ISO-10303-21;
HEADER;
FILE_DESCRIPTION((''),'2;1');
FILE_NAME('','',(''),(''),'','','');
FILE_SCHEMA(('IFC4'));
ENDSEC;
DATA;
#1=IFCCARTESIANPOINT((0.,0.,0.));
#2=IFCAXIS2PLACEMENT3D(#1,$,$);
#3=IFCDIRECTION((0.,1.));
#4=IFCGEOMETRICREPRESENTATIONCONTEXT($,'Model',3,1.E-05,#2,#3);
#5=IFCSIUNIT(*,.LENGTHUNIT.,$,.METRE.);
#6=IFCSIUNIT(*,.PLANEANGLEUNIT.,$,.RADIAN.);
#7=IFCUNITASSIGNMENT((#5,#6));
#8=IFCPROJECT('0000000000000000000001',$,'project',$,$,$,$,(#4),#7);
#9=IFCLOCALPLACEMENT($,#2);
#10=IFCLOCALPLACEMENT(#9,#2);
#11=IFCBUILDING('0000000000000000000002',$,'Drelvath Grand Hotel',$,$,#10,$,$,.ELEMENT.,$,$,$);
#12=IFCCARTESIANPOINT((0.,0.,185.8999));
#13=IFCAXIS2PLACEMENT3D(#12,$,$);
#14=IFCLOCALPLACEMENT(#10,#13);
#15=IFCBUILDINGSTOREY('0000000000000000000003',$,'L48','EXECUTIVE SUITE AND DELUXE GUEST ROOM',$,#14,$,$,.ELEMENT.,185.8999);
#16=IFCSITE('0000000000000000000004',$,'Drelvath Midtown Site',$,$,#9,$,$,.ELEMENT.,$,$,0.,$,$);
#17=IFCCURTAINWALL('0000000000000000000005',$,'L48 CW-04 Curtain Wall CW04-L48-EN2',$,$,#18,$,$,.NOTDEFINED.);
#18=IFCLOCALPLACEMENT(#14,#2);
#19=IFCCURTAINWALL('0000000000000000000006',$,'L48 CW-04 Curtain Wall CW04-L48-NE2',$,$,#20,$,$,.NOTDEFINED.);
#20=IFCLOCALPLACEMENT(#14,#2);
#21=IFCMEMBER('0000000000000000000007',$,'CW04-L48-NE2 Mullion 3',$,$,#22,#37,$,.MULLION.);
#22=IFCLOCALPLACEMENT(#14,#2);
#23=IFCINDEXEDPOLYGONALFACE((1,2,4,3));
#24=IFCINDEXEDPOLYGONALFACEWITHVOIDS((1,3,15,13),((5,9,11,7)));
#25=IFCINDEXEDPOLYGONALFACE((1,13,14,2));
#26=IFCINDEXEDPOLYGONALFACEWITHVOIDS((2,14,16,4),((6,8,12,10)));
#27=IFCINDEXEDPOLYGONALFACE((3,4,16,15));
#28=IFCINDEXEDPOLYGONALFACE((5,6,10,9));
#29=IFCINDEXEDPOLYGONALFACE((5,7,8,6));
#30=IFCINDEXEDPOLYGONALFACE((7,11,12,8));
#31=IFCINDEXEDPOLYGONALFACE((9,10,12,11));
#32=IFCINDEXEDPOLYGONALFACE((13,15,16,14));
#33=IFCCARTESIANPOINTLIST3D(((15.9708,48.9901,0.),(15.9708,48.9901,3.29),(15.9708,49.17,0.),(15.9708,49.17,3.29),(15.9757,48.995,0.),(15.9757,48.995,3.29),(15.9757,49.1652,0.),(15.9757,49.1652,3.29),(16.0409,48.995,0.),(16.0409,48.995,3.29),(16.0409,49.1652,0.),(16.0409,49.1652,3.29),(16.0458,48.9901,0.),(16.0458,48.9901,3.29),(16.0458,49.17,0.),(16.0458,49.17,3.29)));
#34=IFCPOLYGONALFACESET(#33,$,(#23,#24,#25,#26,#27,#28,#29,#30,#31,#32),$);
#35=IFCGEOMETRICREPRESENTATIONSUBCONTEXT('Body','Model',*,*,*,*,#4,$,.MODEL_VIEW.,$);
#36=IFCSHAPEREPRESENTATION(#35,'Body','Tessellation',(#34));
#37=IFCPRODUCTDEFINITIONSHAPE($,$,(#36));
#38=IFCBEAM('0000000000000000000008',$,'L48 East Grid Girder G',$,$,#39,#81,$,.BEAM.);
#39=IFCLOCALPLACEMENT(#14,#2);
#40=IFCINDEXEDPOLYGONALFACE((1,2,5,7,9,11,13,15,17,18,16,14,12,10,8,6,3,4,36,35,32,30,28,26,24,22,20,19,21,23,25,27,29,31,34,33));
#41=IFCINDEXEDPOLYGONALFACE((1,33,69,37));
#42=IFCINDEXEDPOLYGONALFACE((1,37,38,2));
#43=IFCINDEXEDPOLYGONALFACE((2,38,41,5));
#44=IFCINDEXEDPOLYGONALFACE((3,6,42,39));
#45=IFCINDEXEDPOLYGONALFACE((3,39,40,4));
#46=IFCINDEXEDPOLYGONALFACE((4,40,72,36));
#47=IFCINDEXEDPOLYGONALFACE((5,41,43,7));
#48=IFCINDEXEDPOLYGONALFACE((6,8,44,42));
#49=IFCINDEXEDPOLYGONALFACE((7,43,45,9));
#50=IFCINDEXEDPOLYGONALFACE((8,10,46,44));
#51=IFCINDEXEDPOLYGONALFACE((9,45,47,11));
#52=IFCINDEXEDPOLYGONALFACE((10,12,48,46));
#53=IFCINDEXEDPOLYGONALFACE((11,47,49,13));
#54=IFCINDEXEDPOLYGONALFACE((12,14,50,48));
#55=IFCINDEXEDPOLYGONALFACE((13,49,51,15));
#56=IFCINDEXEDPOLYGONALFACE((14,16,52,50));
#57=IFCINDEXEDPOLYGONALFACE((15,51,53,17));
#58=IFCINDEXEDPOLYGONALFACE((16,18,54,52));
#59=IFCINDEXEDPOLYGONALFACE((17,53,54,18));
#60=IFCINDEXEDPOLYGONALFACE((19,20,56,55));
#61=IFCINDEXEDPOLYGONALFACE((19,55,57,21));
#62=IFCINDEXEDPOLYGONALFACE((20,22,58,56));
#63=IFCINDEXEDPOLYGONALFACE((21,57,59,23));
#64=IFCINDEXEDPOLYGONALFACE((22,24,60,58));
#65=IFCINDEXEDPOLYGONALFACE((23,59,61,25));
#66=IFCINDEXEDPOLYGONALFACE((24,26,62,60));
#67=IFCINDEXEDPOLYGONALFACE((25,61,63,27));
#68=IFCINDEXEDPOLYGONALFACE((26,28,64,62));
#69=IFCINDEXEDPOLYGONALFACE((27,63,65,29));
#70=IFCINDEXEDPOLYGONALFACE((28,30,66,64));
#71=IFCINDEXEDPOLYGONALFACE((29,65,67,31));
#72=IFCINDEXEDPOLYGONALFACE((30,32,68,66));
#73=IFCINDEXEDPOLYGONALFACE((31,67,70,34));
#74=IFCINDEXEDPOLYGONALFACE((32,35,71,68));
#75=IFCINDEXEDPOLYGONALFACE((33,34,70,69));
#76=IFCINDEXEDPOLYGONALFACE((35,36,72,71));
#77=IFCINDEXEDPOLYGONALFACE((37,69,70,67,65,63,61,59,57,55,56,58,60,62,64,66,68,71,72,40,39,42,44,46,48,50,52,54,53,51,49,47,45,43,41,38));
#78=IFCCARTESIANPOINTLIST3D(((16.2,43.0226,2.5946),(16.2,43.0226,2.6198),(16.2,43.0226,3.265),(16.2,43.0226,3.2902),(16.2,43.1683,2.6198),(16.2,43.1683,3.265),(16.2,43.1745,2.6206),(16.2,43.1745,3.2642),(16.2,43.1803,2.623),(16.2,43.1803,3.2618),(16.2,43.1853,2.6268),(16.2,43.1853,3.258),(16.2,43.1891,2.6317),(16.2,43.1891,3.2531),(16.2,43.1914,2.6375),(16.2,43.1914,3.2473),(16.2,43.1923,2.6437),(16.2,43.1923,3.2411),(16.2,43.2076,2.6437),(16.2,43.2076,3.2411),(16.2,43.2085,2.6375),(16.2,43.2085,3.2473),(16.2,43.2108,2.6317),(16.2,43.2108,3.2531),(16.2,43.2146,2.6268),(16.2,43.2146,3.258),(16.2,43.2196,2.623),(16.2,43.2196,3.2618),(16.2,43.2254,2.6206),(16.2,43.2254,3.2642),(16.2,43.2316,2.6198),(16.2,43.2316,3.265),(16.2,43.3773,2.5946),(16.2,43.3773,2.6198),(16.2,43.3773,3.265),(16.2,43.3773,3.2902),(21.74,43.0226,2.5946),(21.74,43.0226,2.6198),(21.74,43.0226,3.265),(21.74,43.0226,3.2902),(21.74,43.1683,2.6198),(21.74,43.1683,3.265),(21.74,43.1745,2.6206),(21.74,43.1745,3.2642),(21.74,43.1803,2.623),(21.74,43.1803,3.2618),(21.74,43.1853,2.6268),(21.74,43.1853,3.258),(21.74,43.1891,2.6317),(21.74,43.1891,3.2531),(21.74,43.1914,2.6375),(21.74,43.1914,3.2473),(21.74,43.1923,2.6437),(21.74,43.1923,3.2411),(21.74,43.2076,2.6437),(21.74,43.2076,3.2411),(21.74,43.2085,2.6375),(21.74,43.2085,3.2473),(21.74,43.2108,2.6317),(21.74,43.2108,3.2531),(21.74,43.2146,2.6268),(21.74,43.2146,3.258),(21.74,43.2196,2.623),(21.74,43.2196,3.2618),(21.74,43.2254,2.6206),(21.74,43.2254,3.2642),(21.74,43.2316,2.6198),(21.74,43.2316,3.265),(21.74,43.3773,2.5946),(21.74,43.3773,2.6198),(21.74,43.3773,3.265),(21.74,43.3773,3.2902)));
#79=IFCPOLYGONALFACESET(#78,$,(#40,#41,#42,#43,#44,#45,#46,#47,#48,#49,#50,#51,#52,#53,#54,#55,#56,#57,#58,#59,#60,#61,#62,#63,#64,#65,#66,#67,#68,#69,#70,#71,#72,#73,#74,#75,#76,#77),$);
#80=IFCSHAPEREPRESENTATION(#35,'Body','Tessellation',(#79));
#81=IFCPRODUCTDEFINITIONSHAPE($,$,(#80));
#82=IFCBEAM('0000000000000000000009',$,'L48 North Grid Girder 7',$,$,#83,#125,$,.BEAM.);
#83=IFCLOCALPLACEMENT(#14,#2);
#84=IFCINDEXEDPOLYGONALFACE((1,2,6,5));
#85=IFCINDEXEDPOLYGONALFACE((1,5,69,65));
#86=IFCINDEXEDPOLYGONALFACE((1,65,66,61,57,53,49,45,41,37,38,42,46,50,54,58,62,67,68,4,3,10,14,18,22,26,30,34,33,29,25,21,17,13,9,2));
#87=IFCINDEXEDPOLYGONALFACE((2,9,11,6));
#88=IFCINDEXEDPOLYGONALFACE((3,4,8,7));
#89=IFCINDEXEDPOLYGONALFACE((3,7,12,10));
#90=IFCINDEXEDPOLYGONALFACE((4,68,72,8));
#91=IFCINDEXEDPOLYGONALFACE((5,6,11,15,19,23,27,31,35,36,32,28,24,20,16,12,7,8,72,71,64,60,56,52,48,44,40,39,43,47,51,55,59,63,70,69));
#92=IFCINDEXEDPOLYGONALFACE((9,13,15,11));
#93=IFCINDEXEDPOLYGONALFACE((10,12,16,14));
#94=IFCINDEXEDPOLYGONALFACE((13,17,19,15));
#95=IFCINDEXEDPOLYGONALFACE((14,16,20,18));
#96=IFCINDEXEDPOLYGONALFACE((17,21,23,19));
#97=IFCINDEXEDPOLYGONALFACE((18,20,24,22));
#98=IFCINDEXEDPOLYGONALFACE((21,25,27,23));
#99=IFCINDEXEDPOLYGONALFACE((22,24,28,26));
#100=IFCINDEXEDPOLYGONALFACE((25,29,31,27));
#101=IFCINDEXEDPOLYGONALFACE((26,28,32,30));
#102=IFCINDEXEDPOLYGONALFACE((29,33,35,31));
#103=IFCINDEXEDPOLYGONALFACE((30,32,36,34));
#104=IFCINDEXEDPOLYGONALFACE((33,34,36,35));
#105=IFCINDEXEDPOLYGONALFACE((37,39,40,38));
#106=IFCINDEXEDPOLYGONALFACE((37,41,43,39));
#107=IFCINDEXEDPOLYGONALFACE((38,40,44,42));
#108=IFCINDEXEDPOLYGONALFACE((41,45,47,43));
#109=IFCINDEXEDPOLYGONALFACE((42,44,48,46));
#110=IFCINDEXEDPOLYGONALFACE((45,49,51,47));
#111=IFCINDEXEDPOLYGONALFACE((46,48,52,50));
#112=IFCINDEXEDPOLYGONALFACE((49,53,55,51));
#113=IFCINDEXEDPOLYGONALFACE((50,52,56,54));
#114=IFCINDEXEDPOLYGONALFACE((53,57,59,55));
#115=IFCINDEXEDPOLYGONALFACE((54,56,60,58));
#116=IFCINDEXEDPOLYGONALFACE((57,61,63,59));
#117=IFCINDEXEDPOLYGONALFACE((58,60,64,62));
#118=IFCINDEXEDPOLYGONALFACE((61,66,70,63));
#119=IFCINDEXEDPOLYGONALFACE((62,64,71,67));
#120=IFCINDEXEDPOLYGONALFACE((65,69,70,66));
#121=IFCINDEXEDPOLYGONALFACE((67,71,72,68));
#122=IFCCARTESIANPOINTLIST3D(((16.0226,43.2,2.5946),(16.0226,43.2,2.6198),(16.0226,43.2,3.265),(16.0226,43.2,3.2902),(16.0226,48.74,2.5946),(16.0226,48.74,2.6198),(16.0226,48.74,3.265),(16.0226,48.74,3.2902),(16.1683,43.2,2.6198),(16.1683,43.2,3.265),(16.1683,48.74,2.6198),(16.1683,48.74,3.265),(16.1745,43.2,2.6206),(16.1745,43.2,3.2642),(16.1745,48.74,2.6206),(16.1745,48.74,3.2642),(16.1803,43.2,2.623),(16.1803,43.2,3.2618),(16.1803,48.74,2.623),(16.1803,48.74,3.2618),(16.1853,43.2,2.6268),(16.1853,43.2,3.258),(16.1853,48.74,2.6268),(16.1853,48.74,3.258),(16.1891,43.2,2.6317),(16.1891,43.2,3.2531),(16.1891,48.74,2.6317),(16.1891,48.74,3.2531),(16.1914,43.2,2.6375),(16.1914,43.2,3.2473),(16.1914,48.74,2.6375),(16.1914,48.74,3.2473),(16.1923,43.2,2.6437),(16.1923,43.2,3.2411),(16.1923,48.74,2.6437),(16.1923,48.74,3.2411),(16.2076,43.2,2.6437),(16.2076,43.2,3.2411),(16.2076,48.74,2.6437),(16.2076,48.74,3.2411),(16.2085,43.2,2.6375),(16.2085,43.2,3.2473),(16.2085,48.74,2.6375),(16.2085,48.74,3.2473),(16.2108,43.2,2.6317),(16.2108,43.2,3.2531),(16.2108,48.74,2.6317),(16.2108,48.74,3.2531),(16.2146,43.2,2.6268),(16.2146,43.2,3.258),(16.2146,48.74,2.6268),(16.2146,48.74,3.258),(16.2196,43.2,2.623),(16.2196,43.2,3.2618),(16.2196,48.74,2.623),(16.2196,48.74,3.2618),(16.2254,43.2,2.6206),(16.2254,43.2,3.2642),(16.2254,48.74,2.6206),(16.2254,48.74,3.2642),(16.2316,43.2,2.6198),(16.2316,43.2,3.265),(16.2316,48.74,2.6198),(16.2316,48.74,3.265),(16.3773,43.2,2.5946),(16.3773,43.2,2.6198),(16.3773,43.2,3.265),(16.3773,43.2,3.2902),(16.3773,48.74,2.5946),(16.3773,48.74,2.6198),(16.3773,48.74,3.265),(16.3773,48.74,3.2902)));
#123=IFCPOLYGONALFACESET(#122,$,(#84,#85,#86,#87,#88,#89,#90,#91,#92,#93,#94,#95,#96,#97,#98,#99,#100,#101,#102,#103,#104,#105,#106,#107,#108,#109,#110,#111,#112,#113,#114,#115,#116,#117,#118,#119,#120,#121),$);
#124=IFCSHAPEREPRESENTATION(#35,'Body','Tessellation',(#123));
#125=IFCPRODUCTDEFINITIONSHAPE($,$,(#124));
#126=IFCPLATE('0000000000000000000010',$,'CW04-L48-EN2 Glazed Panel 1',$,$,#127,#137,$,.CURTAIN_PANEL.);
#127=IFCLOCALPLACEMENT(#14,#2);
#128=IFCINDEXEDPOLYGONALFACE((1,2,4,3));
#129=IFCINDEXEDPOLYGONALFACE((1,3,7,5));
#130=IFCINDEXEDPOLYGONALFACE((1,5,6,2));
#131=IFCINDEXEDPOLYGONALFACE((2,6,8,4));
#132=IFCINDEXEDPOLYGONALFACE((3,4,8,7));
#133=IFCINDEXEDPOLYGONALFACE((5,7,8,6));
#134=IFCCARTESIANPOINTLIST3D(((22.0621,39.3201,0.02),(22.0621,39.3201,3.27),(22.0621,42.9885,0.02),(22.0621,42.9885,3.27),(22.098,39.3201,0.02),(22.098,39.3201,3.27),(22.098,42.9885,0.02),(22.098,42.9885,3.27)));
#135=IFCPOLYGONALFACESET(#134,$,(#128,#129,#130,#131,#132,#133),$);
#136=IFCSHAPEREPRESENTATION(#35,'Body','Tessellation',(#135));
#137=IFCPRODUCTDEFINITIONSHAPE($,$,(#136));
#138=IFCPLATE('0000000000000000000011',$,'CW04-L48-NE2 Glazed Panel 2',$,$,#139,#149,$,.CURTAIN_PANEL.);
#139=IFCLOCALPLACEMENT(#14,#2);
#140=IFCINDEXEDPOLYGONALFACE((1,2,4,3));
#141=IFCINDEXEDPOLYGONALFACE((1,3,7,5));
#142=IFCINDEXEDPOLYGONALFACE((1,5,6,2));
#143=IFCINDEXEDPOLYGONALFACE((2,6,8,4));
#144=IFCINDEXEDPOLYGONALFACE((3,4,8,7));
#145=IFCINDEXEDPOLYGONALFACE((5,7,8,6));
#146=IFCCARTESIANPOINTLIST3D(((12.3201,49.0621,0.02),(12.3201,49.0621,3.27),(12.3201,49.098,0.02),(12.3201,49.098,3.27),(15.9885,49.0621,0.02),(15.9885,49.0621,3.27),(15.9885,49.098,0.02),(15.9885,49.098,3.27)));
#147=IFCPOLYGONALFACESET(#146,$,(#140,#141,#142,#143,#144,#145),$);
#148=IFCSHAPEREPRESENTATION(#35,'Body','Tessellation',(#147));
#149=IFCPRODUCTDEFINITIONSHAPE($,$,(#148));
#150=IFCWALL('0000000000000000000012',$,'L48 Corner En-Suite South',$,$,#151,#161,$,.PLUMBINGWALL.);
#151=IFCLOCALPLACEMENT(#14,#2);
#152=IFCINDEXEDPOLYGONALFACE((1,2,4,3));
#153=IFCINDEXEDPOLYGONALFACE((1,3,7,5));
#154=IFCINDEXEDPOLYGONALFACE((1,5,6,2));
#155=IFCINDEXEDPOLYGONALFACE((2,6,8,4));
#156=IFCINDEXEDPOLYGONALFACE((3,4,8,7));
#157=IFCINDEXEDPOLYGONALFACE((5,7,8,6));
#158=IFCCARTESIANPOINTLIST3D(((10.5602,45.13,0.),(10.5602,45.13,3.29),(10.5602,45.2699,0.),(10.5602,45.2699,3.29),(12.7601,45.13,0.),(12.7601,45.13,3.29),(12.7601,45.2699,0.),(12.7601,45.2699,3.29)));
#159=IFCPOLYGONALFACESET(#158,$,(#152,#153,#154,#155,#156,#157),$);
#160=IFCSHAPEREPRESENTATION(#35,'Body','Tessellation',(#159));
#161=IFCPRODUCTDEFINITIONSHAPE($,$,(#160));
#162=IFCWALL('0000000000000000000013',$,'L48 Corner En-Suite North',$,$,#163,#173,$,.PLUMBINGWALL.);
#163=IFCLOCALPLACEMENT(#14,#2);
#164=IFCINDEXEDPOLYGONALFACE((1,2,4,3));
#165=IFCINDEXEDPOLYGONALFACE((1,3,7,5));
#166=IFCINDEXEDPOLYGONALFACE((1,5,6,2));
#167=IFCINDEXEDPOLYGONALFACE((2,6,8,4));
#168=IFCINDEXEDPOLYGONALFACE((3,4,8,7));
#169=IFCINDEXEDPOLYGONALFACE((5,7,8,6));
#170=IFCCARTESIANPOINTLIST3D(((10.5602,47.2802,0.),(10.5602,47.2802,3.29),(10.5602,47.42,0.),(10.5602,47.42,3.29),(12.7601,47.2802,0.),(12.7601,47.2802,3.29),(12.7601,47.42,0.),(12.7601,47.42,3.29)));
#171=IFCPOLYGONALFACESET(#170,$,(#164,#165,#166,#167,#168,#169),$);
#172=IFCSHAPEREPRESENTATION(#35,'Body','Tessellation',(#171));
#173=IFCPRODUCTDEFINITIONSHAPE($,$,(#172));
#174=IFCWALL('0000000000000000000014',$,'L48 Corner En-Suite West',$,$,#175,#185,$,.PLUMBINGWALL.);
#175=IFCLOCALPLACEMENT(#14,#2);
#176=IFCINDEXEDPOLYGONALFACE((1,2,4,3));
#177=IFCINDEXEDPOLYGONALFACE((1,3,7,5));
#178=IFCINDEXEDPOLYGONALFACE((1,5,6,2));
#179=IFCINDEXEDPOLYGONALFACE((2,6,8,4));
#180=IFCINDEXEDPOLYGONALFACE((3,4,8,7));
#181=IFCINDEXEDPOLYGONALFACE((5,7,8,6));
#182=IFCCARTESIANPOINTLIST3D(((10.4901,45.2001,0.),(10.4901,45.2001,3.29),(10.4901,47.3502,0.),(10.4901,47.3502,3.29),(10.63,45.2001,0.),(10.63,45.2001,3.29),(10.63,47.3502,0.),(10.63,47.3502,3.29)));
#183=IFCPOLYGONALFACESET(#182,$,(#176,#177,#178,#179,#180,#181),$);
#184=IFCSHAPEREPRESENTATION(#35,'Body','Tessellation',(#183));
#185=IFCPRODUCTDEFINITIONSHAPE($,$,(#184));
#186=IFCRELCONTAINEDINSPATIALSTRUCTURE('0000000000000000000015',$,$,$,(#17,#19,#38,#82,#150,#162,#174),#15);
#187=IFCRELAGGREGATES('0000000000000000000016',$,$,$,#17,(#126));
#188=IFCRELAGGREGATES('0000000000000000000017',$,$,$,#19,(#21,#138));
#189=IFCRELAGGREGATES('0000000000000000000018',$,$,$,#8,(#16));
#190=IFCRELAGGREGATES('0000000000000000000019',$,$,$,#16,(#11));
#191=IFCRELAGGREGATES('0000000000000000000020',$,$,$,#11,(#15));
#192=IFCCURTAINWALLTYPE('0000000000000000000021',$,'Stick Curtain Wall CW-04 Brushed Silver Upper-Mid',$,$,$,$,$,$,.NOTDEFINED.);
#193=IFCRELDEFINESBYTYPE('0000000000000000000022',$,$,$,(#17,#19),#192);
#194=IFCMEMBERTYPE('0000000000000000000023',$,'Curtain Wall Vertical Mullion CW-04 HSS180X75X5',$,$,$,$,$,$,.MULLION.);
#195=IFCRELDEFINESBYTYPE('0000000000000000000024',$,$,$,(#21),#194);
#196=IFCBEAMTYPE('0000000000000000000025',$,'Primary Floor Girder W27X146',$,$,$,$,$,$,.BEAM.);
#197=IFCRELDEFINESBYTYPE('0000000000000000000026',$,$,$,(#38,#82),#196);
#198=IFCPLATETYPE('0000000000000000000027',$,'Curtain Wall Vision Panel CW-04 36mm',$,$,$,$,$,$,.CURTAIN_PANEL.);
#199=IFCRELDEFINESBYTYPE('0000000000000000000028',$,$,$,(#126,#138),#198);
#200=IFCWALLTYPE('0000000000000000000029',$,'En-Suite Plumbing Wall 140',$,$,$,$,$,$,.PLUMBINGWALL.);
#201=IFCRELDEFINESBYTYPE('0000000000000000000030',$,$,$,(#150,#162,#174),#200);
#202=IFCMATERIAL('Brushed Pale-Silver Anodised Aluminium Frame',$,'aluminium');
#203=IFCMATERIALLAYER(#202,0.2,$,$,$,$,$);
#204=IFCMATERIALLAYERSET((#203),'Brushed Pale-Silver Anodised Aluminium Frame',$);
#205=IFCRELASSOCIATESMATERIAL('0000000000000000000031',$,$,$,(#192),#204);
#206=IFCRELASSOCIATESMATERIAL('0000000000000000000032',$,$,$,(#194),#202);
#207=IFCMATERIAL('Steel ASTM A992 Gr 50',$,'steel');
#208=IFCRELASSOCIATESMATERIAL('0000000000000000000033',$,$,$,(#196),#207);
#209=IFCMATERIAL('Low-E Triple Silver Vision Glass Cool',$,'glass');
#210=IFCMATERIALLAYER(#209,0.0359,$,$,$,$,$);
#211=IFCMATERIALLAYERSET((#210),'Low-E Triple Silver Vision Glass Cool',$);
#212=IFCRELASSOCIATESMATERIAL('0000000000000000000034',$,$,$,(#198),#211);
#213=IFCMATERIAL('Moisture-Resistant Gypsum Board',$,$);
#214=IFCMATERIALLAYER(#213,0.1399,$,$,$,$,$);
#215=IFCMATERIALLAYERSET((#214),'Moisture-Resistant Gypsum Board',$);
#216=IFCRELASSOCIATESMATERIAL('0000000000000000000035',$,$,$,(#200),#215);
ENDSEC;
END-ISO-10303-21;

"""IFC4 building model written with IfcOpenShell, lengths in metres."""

from ifc_helpers import new_model, si_unit, direction, frame, frame_2d, origin, origin_2d, place, context, subcontext, project, spatial, rectangle, hollow_rectangle, i_section, extrude, material, layer, layer_set, material_profile, profile_set, type_object, element, aggregate, save


model = new_model("IFC4")

# Units and contexts
model_context = context("Model", 3, precision=1e-05, world=origin(), true_north=direction((0.0, 1.0)))
body_context = subcontext(model_context, "Body", "Model", "MODEL_VIEW")
ifc_project = project(units=[si_unit("LENGTHUNIT", "METRE"), si_unit("PLANEANGLEUNIT", "RADIAN")], contexts=[model_context])

# Site, building, storey
site_placement = place(None, origin())
site = spatial("IfcSite", under=ifc_project, at=site_placement, Name="Drelvath Midtown Site", CompositionType="ELEMENT", RefElevation=0.0)
building_placement = place(site_placement, origin())
building = spatial("IfcBuilding", under=site, at=building_placement, Name="Drelvath Grand Hotel", CompositionType="ELEMENT")
storey_placement = place(building_placement, frame((0.0, 0.0, 185.8999)))
storey = spatial("IfcBuildingStorey", under=building, at=storey_placement, Name="L48", Description="EXECUTIVE SUITE AND DELUXE GUEST ROOM", CompositionType="ELEMENT", Elevation=185.8999)

# Curtain walls, member
ifc_material_1 = material(Name="Brushed Pale-Silver Anodised Aluminium Frame", Category="aluminium")
ifc_layer_1 = layer(ifc_material_1, 0.2)
ifc_layer_set_1 = layer_set([ifc_layer_1], Name="Brushed Pale-Silver Anodised Aluminium Frame")
curtain_wall_type = type_object("IfcCurtainWallType", Name="Stick Curtain Wall CW-04 Brushed Silver Upper-Mid", PredefinedType="NOTDEFINED", material=ifc_layer_set_1)
curtain_wall_1_placement = place(storey_placement, origin())
curtain_wall_1 = element("IfcCurtainWall", 1, at=curtain_wall_1_placement, inside=storey, type_object=curtain_wall_type, Name="L48 CW-04 Curtain Wall CW04-L48-EN2", PredefinedType="NOTDEFINED")
ifc_material_profile_1 = material_profile(ifc_material_1, hollow_rectangle(XDim=0.075, YDim=0.1799, WallThickness=0.0049, at=origin_2d()), Name="HSS180X75X5")
ifc_profile_set_1 = profile_set([ifc_material_profile_1], Name="Brushed Pale-Silver Anodised Aluminium Frame")
member_type_1 = type_object("IfcMemberType", Name="Curtain Wall Vertical Mullion CW-04 HSS180X75X5", PredefinedType="MULLION", material=ifc_profile_set_1)
curtain_wall_2_placement = place(storey_placement, origin())
curtain_wall_2 = element("IfcCurtainWall", 2, at=curtain_wall_2_placement, inside=storey, type_object=curtain_wall_type, Name="L48 CW-04 Curtain Wall CW04-L48-NE2", PredefinedType="NOTDEFINED")
member_1_placement = place(storey_placement, frame((16.0083, 49.0801, 0.0), z_axis=(0.0, 0.0, 1.0), x_axis=(1.0, 0.0, 0.0)))
member_1 = element("IfcMember", 3, at=member_1_placement, type_object=member_type_1, Name="CW04-L48-NE2 Mullion 3", PredefinedType="MULLION", context=body_context, shape_type="SweptSolid", body=[
    extrude(hollow_rectangle(XDim=0.075, YDim=0.1799, WallThickness=0.0049, at=origin_2d()), origin(), (0.0, 0.0, 1.0), 3.29),
])

# Beams
ifc_material_2 = material(Name="Steel ASTM A992 Gr 50", Category="steel")
ifc_material_profile_2 = material_profile(ifc_material_2, i_section(OverallWidth=0.3547, OverallDepth=0.6956, WebThickness=0.0154, FlangeThickness=0.0251, FilletRadius=0.0239, at=origin_2d()), Name="W27X146")
ifc_profile_set_2 = profile_set([ifc_material_profile_2], Name="Steel ASTM A992 Gr 50")
beam_type = type_object("IfcBeamType", Name="Primary Floor Girder W27X146", PredefinedType="BEAM", material=ifc_profile_set_2)
for number, where, z_axis, x_axis, name in (
    (4, (16.2, 43.2, 2.9424), (1.0, 0.0, 0.0), (0.0, 1.0, 0.0), "L48 East Grid Girder G"),
    (5, (16.2, 43.2, 2.9424), (0.0, 1.0, 0.0), (-1.0, 0.0, 0.0), "L48 North Grid Girder 7"),
):
    element("IfcBeam", number, at=place(storey_placement, frame(where, z_axis=z_axis, x_axis=x_axis)), inside=storey, type_object=beam_type, Name=name, PredefinedType="BEAM", context=body_context, shape_type="SweptSolid", body=[
        extrude(i_section(OverallWidth=0.3547, OverallDepth=0.6956, WebThickness=0.0154, FlangeThickness=0.0251, FilletRadius=0.0239, at=origin_2d()), origin(), (0.0, 0.0, 1.0), 5.54),
    ])

# Plates
ifc_material_3 = material(Name="Low-E Triple Silver Vision Glass Cool", Category="glass")
ifc_layer_2 = layer(ifc_material_3, 0.0359)
ifc_layer_set_2 = layer_set([ifc_layer_2], Name="Low-E Triple Silver Vision Glass Cool")
plate_type = type_object("IfcPlateType", Name="Curtain Wall Vision Panel CW-04 36mm", PredefinedType="CURTAIN_PANEL", material=ifc_layer_set_2)
plate_1_placement = place(storey_placement, frame((22.0801, 41.1543, 0.02), z_axis=(0.0, 0.0, 1.0), x_axis=(0.0, -1.0, 0.0)))
plate_1 = element("IfcPlate", 6, at=plate_1_placement, type_object=plate_type, Name="CW04-L48-EN2 Glazed Panel 1", PredefinedType="CURTAIN_PANEL", context=body_context, shape_type="SweptSolid", body=[
    extrude(rectangle(XDim=3.6685, YDim=0.0359, at=origin_2d()), origin(), (0.0, 0.0, 1.0), 3.25),
])
aggregate(curtain_wall_1, [plate_1])
plate_2_placement = place(storey_placement, frame((14.1543, 49.0801, 0.02), z_axis=(0.0, 0.0, 1.0), x_axis=(1.0, 0.0, 0.0)))
plate_2 = element("IfcPlate", 7, at=plate_2_placement, type_object=plate_type, Name="CW04-L48-NE2 Glazed Panel 2", PredefinedType="CURTAIN_PANEL", context=body_context, shape_type="SweptSolid", body=[
    extrude(rectangle(XDim=3.6685, YDim=0.0359, at=origin_2d()), origin(), (0.0, 0.0, 1.0), 3.25),
])
aggregate(curtain_wall_2, [member_1, plate_2])

# Walls
ifc_material_4 = material(Name="Moisture-Resistant Gypsum Board")
ifc_layer_3 = layer(ifc_material_4, 0.1399)
ifc_layer_set_3 = layer_set([ifc_layer_3], Name="Moisture-Resistant Gypsum Board")
wall_type_1 = type_object("IfcWallType", Name="En-Suite Plumbing Wall 140", PredefinedType="PLUMBINGWALL", material=ifc_layer_set_3)
for number, where, z_axis, x_axis, name in (
    (8, (10.5601, 45.2, 0.0), (0.0, 0.0, 1.0), (1.0, 0.0, 0.0), "L48 Corner En-Suite South"),
    (9, (10.5601, 47.3501, 0.0), (0.0, 0.0, 1.0), (1.0, 0.0, 0.0), "L48 Corner En-Suite North"),
):
    element("IfcWall", number, at=place(storey_placement, frame(where, z_axis=z_axis, x_axis=x_axis)), inside=storey, type_object=wall_type_1, Name=name, PredefinedType="PLUMBINGWALL", context=body_context, shape_type="SweptSolid", body=[
        extrude(rectangle(XDim=2.2, YDim=0.1399, at=frame_2d((1.1001, 0.0))), origin(), (0.0, 0.0, 1.0), 3.29),
    ])
wall_1_placement = place(storey_placement, frame((10.5601, 45.2, 0.0), z_axis=(0.0, 0.0, 1.0), x_axis=(0.0, 1.0, 0.0)))
element("IfcWall", 10, at=wall_1_placement, inside=storey, type_object=wall_type_1, Name="L48 Corner En-Suite West", PredefinedType="PLUMBINGWALL", context=body_context, shape_type="SweptSolid", body=[
    extrude(rectangle(XDim=2.1501, YDim=0.1399, at=frame_2d((1.0752, 0.0))), origin(), (0.0, 0.0, 1.0), 3.29),
])

save(model, "model.ifc")
